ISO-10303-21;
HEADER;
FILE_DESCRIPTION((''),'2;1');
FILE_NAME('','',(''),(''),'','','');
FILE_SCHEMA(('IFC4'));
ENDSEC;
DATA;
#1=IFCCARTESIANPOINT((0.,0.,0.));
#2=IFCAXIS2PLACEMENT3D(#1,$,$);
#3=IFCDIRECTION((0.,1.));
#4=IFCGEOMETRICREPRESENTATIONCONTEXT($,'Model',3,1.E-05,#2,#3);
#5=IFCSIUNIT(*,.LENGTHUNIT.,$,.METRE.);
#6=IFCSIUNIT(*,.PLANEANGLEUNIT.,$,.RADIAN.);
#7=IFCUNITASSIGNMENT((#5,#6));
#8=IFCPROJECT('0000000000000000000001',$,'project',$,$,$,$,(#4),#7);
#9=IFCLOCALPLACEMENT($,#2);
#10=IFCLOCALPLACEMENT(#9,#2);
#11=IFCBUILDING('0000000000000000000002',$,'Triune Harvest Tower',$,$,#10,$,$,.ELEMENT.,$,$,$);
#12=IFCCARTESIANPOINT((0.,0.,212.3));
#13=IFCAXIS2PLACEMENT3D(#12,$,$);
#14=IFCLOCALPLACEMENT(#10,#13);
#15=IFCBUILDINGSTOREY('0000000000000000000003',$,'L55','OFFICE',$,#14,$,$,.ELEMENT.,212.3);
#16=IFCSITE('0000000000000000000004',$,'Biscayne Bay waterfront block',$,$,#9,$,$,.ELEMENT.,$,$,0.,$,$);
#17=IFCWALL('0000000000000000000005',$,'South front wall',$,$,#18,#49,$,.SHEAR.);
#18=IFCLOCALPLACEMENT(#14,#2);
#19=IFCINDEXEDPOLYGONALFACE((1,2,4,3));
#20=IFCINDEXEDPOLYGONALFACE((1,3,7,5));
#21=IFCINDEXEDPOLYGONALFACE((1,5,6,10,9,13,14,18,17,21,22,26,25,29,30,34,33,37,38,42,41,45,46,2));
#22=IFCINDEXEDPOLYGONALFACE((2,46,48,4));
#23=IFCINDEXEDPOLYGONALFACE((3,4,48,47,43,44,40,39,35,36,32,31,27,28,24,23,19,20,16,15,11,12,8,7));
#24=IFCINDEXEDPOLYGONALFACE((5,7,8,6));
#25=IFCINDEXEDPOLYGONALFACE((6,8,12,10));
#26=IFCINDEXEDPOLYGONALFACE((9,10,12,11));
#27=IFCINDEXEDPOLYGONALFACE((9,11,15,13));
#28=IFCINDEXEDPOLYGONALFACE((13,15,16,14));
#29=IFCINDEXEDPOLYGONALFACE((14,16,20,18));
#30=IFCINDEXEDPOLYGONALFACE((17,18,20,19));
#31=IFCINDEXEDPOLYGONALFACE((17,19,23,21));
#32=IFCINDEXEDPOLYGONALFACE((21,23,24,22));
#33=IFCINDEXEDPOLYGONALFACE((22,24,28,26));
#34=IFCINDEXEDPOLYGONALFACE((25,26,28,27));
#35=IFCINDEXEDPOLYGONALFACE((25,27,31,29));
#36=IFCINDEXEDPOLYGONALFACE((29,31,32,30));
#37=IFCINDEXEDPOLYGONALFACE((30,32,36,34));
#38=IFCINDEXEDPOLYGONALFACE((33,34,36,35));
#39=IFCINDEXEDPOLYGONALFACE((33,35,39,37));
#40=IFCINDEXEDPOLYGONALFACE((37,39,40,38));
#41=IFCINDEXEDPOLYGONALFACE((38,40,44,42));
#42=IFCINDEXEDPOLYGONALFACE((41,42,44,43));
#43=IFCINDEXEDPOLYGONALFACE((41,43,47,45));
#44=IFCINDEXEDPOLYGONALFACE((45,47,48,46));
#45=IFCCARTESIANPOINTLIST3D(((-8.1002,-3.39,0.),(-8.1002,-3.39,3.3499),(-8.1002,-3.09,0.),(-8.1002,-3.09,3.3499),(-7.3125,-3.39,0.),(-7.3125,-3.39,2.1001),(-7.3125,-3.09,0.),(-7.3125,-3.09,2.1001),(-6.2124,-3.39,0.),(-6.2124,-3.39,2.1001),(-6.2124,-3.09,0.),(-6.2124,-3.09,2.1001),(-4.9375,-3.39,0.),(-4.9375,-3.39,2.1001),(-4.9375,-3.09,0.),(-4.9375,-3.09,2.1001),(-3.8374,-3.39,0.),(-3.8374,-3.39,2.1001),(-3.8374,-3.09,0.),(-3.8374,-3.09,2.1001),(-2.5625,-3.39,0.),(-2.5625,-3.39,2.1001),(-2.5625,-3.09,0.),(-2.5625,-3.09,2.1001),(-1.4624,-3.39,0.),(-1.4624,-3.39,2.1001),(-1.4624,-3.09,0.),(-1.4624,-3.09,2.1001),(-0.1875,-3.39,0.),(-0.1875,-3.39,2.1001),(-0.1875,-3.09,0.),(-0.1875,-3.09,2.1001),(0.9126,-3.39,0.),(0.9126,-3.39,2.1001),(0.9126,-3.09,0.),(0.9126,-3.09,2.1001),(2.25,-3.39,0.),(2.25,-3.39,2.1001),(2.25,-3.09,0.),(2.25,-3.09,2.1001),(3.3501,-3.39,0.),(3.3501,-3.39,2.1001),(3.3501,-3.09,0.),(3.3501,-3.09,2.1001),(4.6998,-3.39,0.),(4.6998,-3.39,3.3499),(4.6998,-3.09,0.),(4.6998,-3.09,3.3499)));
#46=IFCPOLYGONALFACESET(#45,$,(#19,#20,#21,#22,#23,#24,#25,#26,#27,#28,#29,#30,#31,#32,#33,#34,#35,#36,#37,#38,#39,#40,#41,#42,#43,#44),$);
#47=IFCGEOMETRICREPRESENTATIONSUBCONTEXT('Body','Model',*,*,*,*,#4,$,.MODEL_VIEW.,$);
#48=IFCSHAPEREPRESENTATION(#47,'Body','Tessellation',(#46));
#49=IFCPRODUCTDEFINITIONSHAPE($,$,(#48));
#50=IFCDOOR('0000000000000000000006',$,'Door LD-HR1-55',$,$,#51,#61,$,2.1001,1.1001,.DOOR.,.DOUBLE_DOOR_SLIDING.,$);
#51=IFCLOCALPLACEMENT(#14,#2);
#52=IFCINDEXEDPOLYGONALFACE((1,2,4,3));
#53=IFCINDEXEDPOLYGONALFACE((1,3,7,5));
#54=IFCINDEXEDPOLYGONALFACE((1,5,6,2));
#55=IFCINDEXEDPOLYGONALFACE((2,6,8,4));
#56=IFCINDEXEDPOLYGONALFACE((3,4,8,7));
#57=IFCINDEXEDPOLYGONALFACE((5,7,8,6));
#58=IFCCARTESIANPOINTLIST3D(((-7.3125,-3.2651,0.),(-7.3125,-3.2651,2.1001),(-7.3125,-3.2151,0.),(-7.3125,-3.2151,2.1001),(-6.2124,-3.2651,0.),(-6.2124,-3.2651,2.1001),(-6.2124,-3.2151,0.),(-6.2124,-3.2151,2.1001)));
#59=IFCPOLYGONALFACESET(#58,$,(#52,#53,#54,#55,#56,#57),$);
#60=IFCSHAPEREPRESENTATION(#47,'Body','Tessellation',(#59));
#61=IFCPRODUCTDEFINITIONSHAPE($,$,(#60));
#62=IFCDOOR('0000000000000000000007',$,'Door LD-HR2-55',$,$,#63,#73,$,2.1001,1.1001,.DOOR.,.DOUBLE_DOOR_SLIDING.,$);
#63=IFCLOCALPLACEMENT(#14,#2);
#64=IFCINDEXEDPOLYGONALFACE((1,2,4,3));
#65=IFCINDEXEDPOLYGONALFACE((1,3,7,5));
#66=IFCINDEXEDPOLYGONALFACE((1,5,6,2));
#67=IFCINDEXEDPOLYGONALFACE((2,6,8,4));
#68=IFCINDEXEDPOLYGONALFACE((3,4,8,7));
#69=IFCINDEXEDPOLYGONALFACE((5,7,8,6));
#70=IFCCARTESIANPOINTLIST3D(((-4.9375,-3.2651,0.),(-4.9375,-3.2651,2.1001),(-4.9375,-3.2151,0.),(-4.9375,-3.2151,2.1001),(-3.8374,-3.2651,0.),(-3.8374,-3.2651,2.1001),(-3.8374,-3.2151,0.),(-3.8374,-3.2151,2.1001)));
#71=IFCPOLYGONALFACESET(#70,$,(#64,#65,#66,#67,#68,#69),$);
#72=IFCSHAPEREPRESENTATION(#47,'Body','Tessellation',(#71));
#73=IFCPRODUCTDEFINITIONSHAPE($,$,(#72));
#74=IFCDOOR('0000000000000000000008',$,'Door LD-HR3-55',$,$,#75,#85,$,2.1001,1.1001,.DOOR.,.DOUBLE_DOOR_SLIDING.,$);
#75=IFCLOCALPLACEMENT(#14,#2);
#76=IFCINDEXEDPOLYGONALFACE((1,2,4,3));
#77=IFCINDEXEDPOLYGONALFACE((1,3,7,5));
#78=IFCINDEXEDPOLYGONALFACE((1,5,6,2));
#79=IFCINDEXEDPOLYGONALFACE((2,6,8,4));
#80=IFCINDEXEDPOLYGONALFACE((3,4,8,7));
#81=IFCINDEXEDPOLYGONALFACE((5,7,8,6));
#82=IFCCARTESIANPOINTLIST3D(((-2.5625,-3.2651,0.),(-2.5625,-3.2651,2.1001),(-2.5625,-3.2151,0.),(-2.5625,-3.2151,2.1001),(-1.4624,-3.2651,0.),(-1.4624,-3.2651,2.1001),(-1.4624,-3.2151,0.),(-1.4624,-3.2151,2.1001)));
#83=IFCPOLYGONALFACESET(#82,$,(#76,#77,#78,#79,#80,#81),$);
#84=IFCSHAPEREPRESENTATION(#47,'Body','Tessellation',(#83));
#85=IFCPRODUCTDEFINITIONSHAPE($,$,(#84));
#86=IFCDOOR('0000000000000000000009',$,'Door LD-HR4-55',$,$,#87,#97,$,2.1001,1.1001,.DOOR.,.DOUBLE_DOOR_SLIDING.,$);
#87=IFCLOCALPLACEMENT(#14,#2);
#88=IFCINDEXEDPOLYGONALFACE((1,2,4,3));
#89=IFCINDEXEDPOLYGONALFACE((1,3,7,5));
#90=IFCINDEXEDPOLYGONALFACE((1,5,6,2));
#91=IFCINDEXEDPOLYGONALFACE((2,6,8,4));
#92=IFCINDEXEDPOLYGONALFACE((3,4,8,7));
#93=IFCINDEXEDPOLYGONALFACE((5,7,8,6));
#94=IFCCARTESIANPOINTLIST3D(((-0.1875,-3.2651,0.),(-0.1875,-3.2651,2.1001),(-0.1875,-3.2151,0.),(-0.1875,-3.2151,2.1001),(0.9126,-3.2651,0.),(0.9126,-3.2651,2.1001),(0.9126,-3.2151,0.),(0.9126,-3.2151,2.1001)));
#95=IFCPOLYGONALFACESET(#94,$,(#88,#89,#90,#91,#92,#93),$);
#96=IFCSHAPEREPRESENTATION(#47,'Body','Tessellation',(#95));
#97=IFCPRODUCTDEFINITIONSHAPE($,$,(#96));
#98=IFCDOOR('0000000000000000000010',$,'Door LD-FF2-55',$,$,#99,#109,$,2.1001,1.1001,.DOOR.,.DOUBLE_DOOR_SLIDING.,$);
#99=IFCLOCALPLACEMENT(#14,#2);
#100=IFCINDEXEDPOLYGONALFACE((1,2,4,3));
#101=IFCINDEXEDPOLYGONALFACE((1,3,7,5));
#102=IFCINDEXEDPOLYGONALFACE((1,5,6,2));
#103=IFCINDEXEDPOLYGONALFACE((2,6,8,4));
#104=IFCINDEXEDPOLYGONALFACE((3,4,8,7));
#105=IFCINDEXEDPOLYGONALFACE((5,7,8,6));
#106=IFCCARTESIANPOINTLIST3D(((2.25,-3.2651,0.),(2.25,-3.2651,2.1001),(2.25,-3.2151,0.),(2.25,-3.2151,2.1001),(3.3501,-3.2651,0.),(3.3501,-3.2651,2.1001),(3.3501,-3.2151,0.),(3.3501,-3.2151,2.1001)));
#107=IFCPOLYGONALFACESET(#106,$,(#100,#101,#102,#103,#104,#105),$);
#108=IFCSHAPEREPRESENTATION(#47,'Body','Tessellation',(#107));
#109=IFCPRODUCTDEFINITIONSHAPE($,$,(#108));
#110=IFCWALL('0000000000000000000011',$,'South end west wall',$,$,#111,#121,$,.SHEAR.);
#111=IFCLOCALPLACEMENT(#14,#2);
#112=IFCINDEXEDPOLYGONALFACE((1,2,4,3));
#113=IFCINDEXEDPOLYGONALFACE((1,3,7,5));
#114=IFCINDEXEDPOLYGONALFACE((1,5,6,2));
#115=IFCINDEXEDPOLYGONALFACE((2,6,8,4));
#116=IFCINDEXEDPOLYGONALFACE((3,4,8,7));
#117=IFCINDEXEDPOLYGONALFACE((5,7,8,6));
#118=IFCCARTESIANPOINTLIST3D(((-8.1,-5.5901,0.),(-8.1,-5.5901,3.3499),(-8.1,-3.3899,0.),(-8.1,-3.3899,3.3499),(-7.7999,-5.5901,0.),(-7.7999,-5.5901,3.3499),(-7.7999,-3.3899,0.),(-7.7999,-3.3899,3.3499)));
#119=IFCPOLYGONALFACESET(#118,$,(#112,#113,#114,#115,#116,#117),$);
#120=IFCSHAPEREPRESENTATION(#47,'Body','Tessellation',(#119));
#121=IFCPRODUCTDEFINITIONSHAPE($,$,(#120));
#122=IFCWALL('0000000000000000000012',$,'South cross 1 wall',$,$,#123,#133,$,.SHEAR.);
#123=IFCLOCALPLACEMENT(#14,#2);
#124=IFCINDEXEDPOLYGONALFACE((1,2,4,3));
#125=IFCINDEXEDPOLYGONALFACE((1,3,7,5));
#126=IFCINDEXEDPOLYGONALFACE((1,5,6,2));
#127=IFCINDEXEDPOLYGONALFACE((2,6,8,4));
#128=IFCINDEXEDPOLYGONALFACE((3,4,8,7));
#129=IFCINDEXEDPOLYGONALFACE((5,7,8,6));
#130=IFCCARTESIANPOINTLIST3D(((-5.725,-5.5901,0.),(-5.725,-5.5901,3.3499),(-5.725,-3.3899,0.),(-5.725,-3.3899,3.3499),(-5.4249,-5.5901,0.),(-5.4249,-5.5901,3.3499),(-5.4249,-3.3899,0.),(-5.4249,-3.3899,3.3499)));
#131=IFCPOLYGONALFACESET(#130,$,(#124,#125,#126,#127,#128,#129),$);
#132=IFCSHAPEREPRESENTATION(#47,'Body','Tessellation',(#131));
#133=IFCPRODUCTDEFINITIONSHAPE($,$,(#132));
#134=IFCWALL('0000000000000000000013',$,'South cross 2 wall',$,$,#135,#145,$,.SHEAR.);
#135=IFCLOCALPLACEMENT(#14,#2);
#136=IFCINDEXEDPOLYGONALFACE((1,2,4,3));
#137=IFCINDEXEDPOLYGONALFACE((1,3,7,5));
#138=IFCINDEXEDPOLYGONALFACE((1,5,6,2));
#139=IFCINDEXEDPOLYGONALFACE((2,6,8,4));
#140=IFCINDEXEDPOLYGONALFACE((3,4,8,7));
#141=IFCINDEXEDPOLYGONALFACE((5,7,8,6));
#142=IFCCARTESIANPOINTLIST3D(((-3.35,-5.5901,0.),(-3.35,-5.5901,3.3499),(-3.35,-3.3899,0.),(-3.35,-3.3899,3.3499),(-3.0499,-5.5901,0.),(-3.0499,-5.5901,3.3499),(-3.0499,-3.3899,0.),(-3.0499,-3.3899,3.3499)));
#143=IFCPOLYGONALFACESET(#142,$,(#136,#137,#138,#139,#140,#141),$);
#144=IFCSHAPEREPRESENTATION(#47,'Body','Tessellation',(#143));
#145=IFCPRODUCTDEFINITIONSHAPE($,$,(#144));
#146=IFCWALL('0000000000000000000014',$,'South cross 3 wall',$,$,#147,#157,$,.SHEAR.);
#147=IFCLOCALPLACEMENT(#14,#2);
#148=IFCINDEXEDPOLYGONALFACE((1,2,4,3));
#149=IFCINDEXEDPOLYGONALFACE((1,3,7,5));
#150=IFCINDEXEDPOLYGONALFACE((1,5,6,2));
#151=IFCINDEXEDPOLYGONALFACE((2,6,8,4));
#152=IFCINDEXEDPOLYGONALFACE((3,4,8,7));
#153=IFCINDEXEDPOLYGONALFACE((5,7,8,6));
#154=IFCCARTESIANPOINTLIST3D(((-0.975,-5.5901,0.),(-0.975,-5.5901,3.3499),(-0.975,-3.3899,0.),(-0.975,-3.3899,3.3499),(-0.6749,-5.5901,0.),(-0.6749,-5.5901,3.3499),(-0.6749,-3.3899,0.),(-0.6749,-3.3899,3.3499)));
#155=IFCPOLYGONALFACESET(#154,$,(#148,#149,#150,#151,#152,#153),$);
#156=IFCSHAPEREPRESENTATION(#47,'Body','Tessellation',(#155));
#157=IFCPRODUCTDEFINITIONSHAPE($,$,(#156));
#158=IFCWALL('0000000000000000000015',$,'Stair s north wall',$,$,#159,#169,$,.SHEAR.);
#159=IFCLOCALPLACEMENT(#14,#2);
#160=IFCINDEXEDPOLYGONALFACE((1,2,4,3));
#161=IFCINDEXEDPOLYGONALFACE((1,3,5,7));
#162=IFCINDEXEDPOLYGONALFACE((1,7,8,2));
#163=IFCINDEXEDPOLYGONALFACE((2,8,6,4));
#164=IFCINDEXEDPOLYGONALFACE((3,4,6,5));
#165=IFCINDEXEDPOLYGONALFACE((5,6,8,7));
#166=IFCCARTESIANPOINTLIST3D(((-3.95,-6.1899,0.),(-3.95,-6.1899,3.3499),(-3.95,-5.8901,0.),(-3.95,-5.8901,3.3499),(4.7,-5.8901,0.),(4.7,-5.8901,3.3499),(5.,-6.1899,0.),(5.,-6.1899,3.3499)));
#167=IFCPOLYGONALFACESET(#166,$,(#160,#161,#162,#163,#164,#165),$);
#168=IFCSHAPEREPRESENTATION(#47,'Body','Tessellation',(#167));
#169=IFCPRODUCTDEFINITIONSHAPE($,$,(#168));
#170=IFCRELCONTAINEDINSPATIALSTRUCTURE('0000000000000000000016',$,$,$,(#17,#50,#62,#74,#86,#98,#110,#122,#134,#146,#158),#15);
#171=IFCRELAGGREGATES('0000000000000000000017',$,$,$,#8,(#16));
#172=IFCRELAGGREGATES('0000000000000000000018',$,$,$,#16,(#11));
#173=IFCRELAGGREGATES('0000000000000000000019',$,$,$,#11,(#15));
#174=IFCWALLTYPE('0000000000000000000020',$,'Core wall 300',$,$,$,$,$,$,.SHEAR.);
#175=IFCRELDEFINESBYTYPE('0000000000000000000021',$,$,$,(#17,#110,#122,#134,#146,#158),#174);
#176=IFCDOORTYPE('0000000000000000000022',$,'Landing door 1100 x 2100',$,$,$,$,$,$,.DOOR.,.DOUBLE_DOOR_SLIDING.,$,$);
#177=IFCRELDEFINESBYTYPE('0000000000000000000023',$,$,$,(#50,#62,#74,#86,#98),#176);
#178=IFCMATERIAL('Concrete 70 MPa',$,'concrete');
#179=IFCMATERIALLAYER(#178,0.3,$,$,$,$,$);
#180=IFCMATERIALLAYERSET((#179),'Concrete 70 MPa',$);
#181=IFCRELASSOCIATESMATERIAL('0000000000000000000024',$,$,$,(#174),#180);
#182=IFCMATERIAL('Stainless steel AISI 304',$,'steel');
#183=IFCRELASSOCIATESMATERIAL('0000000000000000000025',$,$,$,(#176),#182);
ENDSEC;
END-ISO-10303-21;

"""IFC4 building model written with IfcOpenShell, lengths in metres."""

from ifc_helpers import new_model, si_unit, direction, frame, frame_2d, origin, place, context, subcontext, project, spatial, polyline, rectangle, outline, extrude, source, transform, mapped, material, layer, layer_set, type_object, element, fill, save


model = new_model("IFC4")

# Units and contexts
model_context = context("Model", 3, precision=1e-05, world=origin(), true_north=direction((0.0, 1.0)))
body_context = subcontext(model_context, "Body", "Model", "MODEL_VIEW")
ifc_project = project(units=[si_unit("LENGTHUNIT", "METRE"), si_unit("PLANEANGLEUNIT", "RADIAN")], contexts=[model_context])

# Site, building, storey
site_placement = place(None, origin())
site = spatial("IfcSite", under=ifc_project, at=site_placement, Name="Biscayne Bay waterfront block", CompositionType="ELEMENT", RefElevation=0.0)
building_placement = place(site_placement, origin())
building = spatial("IfcBuilding", under=site, at=building_placement, Name="Triune Harvest Tower", CompositionType="ELEMENT")
storey_placement = place(building_placement, frame((0.0, 0.0, 212.3)))
storey = spatial("IfcBuildingStorey", under=building, at=storey_placement, Name="L55", Description="OFFICE", CompositionType="ELEMENT", Elevation=212.3)

# Wall, openings, doors
ifc_material_1 = material(Name="Concrete 70 MPa", Category="concrete")
ifc_layer_1 = layer(ifc_material_1, 0.3)
ifc_layer_set_1 = layer_set([ifc_layer_1], Name="Concrete 70 MPa")
wall_type_1 = type_object("IfcWallType", Name="Core wall 300", PredefinedType="SHEAR", material=ifc_layer_set_1)
shared_shape_1 = source(origin(), body_context, "Body", "SweptSolid", [
    extrude(rectangle(XDim=12.8, YDim=0.3, at=frame_2d((6.3999, 0.0))), origin(), (0.0, 0.0, 1.0), 3.3499),
])
wall_1_placement = place(storey_placement, frame((-8.1001, -3.24, 0.0), z_axis=(0.0, 0.0, 1.0), x_axis=(1.0, 0.0, 0.0)))
wall_1 = element("IfcWall", 1, at=wall_1_placement, inside=storey, type_object=wall_type_1, Name="South front wall", PredefinedType="SHEAR", context=body_context, shape_type="MappedRepresentation", body=[
    mapped(shared_shape_1, transform((0.0, 0.0, 0.0), scale=1.0)),
])
opening_1_placement = place(wall_1_placement, frame((0.7876, 0.0, 0.0)))
opening_1 = element("IfcOpeningElement", 2, at=opening_1_placement, cuts=wall_1, PredefinedType="OPENING", context=body_context, shape_type="SweptSolid", body=[
    extrude(rectangle(XDim=1.1001, YDim=2.1001, at=frame_2d((0.55, 1.05))), frame((0.0, 0.1602, 0.0), z_axis=(0.0, -1.0, 0.0), x_axis=(1.0, 0.0, 0.0)), (0.0, 0.0, 1.0), 0.3201),
])
opening_2_placement = place(wall_1_placement, frame((3.1626, 0.0, 0.0)))
opening_2 = element("IfcOpeningElement", 3, at=opening_2_placement, cuts=wall_1, PredefinedType="OPENING", context=body_context, shape_type="SweptSolid", body=[
    extrude(rectangle(XDim=1.1001, YDim=2.1001, at=frame_2d((0.55, 1.05))), frame((0.0, 0.1602, 0.0), z_axis=(0.0, -1.0, 0.0), x_axis=(1.0, 0.0, 0.0)), (0.0, 0.0, 1.0), 0.3201),
])
opening_3_placement = place(wall_1_placement, frame((5.5376, 0.0, 0.0)))
opening_3 = element("IfcOpeningElement", 4, at=opening_3_placement, cuts=wall_1, PredefinedType="OPENING", context=body_context, shape_type="SweptSolid", body=[
    extrude(rectangle(XDim=1.1001, YDim=2.1001, at=frame_2d((0.55, 1.05))), frame((0.0, 0.1602, 0.0), z_axis=(0.0, -1.0, 0.0), x_axis=(1.0, 0.0, 0.0)), (0.0, 0.0, 1.0), 0.3201),
])
opening_4_placement = place(wall_1_placement, frame((7.9126, 0.0, 0.0)))
opening_4 = element("IfcOpeningElement", 5, at=opening_4_placement, cuts=wall_1, PredefinedType="OPENING", context=body_context, shape_type="SweptSolid", body=[
    extrude(rectangle(XDim=1.1001, YDim=2.1001, at=frame_2d((0.55, 1.05))), frame((0.0, 0.1602, 0.0), z_axis=(0.0, -1.0, 0.0), x_axis=(1.0, 0.0, 0.0)), (0.0, 0.0, 1.0), 0.3201),
])
opening_5_placement = place(wall_1_placement, frame((10.3501, 0.0, 0.0)))
opening_5 = element("IfcOpeningElement", 6, at=opening_5_placement, cuts=wall_1, PredefinedType="OPENING", context=body_context, shape_type="SweptSolid", body=[
    extrude(rectangle(XDim=1.1001, YDim=2.1001, at=frame_2d((0.55, 1.05))), frame((0.0, 0.1602, 0.0), z_axis=(0.0, -1.0, 0.0), x_axis=(1.0, 0.0, 0.0)), (0.0, 0.0, 1.0), 0.3201),
])
ifc_material_2 = material(Name="Stainless steel AISI 304", Category="steel")
door_type_1 = type_object("IfcDoorType", Name="Landing door 1100 x 2100", OperationType="DOUBLE_DOOR_SLIDING", PredefinedType="DOOR", material=ifc_material_2)
door_1_placement = place(opening_1_placement, origin())
door_1 = element("IfcDoor", 7, at=door_1_placement, inside=storey, type_object=door_type_1, Name="Door LD-HR1-55", OperationType="DOUBLE_DOOR_SLIDING", OverallHeight=2.1001, OverallWidth=1.1001, PredefinedType="DOOR", context=body_context, shape_type="SweptSolid", body=[
    extrude(rectangle(XDim=1.1001, YDim=2.1001, at=frame_2d((0.55, 1.05))), frame((0.0, 0.0249, 0.0), z_axis=(0.0, -1.0, 0.0), x_axis=(1.0, 0.0, 0.0)), (0.0, 0.0, 1.0), 0.05),
])
fill(opening_1, door_1)
door_2_placement = place(opening_2_placement, origin())
door_2 = element("IfcDoor", 8, at=door_2_placement, inside=storey, type_object=door_type_1, Name="Door LD-HR2-55", OperationType="DOUBLE_DOOR_SLIDING", OverallHeight=2.1001, OverallWidth=1.1001, PredefinedType="DOOR", context=body_context, shape_type="SweptSolid", body=[
    extrude(rectangle(XDim=1.1001, YDim=2.1001, at=frame_2d((0.55, 1.05))), frame((0.0, 0.0249, 0.0), z_axis=(0.0, -1.0, 0.0), x_axis=(1.0, 0.0, 0.0)), (0.0, 0.0, 1.0), 0.05),
])
fill(opening_2, door_2)
door_3_placement = place(opening_3_placement, origin())
door_3 = element("IfcDoor", 9, at=door_3_placement, inside=storey, type_object=door_type_1, Name="Door LD-HR3-55", OperationType="DOUBLE_DOOR_SLIDING", OverallHeight=2.1001, OverallWidth=1.1001, PredefinedType="DOOR", context=body_context, shape_type="SweptSolid", body=[
    extrude(rectangle(XDim=1.1001, YDim=2.1001, at=frame_2d((0.55, 1.05))), frame((0.0, 0.0249, 0.0), z_axis=(0.0, -1.0, 0.0), x_axis=(1.0, 0.0, 0.0)), (0.0, 0.0, 1.0), 0.05),
])
fill(opening_3, door_3)
door_4_placement = place(opening_4_placement, origin())
door_4 = element("IfcDoor", 10, at=door_4_placement, inside=storey, type_object=door_type_1, Name="Door LD-HR4-55", OperationType="DOUBLE_DOOR_SLIDING", OverallHeight=2.1001, OverallWidth=1.1001, PredefinedType="DOOR", context=body_context, shape_type="SweptSolid", body=[
    extrude(rectangle(XDim=1.1001, YDim=2.1001, at=frame_2d((0.55, 1.05))), frame((0.0, 0.0249, 0.0), z_axis=(0.0, -1.0, 0.0), x_axis=(1.0, 0.0, 0.0)), (0.0, 0.0, 1.0), 0.05),
])
fill(opening_4, door_4)
door_5_placement = place(opening_5_placement, origin())
door_5 = element("IfcDoor", 11, at=door_5_placement, inside=storey, type_object=door_type_1, Name="Door LD-FF2-55", OperationType="DOUBLE_DOOR_SLIDING", OverallHeight=2.1001, OverallWidth=1.1001, PredefinedType="DOOR", context=body_context, shape_type="SweptSolid", body=[
    extrude(rectangle(XDim=1.1001, YDim=2.1001, at=frame_2d((0.55, 1.05))), frame((0.0, 0.0249, 0.0), z_axis=(0.0, -1.0, 0.0), x_axis=(1.0, 0.0, 0.0)), (0.0, 0.0, 1.0), 0.05),
])
fill(opening_5, door_5)

# Walls
shared_shape_2 = source(origin(), body_context, "Body", "SweptSolid", [
    extrude(rectangle(XDim=2.2002, YDim=0.3, at=frame_2d((1.1001, 0.0))), origin(), (0.0, 0.0, 1.0), 3.3499),
])
for number, where, z_axis, x_axis, name in (
    (12, (-7.95, -5.5901, 0.0), (0.0, 0.0, 1.0), (0.0, 1.0, 0.0), "South end west wall"),
    (13, (-5.575, -5.5901, 0.0), (0.0, 0.0, 1.0), (0.0, 1.0, 0.0), "South cross 1 wall"),
    (14, (-3.2, -5.5901, 0.0), (0.0, 0.0, 1.0), (0.0, 1.0, 0.0), "South cross 2 wall"),
    (15, (-0.825, -5.5901, 0.0), (0.0, 0.0, 1.0), (0.0, 1.0, 0.0), "South cross 3 wall"),
):
    element("IfcWall", number, at=place(storey_placement, frame(where, z_axis=z_axis, x_axis=x_axis)), inside=storey, type_object=wall_type_1, Name=name, PredefinedType="SHEAR", context=body_context, shape_type="MappedRepresentation", body=[
        mapped(shared_shape_2, transform((0.0, 0.0, 0.0), scale=1.0)),
    ])
shared_shape_3 = source(origin(), body_context, "Body", "SweptSolid", [
    extrude(outline(polyline([(0.0, -0.1499), (8.95, -0.1499), (8.6499, 0.1499), (0.0, 0.1499), (0.0, -0.1499)])), origin(), (0.0, 0.0, 1.0), 3.3499),
])
wall_2_placement = place(storey_placement, frame((-3.95, -6.04, 0.0), z_axis=(0.0, 0.0, 1.0), x_axis=(1.0, 0.0, 0.0)))
element("IfcWall", 16, at=wall_2_placement, inside=storey, type_object=wall_type_1, Name="Stair s north wall", PredefinedType="SHEAR", context=body_context, shape_type="MappedRepresentation", body=[
    mapped(shared_shape_3, transform((0.0, 0.0, 0.0), scale=1.0)),
])

save(model, "model.ifc")
